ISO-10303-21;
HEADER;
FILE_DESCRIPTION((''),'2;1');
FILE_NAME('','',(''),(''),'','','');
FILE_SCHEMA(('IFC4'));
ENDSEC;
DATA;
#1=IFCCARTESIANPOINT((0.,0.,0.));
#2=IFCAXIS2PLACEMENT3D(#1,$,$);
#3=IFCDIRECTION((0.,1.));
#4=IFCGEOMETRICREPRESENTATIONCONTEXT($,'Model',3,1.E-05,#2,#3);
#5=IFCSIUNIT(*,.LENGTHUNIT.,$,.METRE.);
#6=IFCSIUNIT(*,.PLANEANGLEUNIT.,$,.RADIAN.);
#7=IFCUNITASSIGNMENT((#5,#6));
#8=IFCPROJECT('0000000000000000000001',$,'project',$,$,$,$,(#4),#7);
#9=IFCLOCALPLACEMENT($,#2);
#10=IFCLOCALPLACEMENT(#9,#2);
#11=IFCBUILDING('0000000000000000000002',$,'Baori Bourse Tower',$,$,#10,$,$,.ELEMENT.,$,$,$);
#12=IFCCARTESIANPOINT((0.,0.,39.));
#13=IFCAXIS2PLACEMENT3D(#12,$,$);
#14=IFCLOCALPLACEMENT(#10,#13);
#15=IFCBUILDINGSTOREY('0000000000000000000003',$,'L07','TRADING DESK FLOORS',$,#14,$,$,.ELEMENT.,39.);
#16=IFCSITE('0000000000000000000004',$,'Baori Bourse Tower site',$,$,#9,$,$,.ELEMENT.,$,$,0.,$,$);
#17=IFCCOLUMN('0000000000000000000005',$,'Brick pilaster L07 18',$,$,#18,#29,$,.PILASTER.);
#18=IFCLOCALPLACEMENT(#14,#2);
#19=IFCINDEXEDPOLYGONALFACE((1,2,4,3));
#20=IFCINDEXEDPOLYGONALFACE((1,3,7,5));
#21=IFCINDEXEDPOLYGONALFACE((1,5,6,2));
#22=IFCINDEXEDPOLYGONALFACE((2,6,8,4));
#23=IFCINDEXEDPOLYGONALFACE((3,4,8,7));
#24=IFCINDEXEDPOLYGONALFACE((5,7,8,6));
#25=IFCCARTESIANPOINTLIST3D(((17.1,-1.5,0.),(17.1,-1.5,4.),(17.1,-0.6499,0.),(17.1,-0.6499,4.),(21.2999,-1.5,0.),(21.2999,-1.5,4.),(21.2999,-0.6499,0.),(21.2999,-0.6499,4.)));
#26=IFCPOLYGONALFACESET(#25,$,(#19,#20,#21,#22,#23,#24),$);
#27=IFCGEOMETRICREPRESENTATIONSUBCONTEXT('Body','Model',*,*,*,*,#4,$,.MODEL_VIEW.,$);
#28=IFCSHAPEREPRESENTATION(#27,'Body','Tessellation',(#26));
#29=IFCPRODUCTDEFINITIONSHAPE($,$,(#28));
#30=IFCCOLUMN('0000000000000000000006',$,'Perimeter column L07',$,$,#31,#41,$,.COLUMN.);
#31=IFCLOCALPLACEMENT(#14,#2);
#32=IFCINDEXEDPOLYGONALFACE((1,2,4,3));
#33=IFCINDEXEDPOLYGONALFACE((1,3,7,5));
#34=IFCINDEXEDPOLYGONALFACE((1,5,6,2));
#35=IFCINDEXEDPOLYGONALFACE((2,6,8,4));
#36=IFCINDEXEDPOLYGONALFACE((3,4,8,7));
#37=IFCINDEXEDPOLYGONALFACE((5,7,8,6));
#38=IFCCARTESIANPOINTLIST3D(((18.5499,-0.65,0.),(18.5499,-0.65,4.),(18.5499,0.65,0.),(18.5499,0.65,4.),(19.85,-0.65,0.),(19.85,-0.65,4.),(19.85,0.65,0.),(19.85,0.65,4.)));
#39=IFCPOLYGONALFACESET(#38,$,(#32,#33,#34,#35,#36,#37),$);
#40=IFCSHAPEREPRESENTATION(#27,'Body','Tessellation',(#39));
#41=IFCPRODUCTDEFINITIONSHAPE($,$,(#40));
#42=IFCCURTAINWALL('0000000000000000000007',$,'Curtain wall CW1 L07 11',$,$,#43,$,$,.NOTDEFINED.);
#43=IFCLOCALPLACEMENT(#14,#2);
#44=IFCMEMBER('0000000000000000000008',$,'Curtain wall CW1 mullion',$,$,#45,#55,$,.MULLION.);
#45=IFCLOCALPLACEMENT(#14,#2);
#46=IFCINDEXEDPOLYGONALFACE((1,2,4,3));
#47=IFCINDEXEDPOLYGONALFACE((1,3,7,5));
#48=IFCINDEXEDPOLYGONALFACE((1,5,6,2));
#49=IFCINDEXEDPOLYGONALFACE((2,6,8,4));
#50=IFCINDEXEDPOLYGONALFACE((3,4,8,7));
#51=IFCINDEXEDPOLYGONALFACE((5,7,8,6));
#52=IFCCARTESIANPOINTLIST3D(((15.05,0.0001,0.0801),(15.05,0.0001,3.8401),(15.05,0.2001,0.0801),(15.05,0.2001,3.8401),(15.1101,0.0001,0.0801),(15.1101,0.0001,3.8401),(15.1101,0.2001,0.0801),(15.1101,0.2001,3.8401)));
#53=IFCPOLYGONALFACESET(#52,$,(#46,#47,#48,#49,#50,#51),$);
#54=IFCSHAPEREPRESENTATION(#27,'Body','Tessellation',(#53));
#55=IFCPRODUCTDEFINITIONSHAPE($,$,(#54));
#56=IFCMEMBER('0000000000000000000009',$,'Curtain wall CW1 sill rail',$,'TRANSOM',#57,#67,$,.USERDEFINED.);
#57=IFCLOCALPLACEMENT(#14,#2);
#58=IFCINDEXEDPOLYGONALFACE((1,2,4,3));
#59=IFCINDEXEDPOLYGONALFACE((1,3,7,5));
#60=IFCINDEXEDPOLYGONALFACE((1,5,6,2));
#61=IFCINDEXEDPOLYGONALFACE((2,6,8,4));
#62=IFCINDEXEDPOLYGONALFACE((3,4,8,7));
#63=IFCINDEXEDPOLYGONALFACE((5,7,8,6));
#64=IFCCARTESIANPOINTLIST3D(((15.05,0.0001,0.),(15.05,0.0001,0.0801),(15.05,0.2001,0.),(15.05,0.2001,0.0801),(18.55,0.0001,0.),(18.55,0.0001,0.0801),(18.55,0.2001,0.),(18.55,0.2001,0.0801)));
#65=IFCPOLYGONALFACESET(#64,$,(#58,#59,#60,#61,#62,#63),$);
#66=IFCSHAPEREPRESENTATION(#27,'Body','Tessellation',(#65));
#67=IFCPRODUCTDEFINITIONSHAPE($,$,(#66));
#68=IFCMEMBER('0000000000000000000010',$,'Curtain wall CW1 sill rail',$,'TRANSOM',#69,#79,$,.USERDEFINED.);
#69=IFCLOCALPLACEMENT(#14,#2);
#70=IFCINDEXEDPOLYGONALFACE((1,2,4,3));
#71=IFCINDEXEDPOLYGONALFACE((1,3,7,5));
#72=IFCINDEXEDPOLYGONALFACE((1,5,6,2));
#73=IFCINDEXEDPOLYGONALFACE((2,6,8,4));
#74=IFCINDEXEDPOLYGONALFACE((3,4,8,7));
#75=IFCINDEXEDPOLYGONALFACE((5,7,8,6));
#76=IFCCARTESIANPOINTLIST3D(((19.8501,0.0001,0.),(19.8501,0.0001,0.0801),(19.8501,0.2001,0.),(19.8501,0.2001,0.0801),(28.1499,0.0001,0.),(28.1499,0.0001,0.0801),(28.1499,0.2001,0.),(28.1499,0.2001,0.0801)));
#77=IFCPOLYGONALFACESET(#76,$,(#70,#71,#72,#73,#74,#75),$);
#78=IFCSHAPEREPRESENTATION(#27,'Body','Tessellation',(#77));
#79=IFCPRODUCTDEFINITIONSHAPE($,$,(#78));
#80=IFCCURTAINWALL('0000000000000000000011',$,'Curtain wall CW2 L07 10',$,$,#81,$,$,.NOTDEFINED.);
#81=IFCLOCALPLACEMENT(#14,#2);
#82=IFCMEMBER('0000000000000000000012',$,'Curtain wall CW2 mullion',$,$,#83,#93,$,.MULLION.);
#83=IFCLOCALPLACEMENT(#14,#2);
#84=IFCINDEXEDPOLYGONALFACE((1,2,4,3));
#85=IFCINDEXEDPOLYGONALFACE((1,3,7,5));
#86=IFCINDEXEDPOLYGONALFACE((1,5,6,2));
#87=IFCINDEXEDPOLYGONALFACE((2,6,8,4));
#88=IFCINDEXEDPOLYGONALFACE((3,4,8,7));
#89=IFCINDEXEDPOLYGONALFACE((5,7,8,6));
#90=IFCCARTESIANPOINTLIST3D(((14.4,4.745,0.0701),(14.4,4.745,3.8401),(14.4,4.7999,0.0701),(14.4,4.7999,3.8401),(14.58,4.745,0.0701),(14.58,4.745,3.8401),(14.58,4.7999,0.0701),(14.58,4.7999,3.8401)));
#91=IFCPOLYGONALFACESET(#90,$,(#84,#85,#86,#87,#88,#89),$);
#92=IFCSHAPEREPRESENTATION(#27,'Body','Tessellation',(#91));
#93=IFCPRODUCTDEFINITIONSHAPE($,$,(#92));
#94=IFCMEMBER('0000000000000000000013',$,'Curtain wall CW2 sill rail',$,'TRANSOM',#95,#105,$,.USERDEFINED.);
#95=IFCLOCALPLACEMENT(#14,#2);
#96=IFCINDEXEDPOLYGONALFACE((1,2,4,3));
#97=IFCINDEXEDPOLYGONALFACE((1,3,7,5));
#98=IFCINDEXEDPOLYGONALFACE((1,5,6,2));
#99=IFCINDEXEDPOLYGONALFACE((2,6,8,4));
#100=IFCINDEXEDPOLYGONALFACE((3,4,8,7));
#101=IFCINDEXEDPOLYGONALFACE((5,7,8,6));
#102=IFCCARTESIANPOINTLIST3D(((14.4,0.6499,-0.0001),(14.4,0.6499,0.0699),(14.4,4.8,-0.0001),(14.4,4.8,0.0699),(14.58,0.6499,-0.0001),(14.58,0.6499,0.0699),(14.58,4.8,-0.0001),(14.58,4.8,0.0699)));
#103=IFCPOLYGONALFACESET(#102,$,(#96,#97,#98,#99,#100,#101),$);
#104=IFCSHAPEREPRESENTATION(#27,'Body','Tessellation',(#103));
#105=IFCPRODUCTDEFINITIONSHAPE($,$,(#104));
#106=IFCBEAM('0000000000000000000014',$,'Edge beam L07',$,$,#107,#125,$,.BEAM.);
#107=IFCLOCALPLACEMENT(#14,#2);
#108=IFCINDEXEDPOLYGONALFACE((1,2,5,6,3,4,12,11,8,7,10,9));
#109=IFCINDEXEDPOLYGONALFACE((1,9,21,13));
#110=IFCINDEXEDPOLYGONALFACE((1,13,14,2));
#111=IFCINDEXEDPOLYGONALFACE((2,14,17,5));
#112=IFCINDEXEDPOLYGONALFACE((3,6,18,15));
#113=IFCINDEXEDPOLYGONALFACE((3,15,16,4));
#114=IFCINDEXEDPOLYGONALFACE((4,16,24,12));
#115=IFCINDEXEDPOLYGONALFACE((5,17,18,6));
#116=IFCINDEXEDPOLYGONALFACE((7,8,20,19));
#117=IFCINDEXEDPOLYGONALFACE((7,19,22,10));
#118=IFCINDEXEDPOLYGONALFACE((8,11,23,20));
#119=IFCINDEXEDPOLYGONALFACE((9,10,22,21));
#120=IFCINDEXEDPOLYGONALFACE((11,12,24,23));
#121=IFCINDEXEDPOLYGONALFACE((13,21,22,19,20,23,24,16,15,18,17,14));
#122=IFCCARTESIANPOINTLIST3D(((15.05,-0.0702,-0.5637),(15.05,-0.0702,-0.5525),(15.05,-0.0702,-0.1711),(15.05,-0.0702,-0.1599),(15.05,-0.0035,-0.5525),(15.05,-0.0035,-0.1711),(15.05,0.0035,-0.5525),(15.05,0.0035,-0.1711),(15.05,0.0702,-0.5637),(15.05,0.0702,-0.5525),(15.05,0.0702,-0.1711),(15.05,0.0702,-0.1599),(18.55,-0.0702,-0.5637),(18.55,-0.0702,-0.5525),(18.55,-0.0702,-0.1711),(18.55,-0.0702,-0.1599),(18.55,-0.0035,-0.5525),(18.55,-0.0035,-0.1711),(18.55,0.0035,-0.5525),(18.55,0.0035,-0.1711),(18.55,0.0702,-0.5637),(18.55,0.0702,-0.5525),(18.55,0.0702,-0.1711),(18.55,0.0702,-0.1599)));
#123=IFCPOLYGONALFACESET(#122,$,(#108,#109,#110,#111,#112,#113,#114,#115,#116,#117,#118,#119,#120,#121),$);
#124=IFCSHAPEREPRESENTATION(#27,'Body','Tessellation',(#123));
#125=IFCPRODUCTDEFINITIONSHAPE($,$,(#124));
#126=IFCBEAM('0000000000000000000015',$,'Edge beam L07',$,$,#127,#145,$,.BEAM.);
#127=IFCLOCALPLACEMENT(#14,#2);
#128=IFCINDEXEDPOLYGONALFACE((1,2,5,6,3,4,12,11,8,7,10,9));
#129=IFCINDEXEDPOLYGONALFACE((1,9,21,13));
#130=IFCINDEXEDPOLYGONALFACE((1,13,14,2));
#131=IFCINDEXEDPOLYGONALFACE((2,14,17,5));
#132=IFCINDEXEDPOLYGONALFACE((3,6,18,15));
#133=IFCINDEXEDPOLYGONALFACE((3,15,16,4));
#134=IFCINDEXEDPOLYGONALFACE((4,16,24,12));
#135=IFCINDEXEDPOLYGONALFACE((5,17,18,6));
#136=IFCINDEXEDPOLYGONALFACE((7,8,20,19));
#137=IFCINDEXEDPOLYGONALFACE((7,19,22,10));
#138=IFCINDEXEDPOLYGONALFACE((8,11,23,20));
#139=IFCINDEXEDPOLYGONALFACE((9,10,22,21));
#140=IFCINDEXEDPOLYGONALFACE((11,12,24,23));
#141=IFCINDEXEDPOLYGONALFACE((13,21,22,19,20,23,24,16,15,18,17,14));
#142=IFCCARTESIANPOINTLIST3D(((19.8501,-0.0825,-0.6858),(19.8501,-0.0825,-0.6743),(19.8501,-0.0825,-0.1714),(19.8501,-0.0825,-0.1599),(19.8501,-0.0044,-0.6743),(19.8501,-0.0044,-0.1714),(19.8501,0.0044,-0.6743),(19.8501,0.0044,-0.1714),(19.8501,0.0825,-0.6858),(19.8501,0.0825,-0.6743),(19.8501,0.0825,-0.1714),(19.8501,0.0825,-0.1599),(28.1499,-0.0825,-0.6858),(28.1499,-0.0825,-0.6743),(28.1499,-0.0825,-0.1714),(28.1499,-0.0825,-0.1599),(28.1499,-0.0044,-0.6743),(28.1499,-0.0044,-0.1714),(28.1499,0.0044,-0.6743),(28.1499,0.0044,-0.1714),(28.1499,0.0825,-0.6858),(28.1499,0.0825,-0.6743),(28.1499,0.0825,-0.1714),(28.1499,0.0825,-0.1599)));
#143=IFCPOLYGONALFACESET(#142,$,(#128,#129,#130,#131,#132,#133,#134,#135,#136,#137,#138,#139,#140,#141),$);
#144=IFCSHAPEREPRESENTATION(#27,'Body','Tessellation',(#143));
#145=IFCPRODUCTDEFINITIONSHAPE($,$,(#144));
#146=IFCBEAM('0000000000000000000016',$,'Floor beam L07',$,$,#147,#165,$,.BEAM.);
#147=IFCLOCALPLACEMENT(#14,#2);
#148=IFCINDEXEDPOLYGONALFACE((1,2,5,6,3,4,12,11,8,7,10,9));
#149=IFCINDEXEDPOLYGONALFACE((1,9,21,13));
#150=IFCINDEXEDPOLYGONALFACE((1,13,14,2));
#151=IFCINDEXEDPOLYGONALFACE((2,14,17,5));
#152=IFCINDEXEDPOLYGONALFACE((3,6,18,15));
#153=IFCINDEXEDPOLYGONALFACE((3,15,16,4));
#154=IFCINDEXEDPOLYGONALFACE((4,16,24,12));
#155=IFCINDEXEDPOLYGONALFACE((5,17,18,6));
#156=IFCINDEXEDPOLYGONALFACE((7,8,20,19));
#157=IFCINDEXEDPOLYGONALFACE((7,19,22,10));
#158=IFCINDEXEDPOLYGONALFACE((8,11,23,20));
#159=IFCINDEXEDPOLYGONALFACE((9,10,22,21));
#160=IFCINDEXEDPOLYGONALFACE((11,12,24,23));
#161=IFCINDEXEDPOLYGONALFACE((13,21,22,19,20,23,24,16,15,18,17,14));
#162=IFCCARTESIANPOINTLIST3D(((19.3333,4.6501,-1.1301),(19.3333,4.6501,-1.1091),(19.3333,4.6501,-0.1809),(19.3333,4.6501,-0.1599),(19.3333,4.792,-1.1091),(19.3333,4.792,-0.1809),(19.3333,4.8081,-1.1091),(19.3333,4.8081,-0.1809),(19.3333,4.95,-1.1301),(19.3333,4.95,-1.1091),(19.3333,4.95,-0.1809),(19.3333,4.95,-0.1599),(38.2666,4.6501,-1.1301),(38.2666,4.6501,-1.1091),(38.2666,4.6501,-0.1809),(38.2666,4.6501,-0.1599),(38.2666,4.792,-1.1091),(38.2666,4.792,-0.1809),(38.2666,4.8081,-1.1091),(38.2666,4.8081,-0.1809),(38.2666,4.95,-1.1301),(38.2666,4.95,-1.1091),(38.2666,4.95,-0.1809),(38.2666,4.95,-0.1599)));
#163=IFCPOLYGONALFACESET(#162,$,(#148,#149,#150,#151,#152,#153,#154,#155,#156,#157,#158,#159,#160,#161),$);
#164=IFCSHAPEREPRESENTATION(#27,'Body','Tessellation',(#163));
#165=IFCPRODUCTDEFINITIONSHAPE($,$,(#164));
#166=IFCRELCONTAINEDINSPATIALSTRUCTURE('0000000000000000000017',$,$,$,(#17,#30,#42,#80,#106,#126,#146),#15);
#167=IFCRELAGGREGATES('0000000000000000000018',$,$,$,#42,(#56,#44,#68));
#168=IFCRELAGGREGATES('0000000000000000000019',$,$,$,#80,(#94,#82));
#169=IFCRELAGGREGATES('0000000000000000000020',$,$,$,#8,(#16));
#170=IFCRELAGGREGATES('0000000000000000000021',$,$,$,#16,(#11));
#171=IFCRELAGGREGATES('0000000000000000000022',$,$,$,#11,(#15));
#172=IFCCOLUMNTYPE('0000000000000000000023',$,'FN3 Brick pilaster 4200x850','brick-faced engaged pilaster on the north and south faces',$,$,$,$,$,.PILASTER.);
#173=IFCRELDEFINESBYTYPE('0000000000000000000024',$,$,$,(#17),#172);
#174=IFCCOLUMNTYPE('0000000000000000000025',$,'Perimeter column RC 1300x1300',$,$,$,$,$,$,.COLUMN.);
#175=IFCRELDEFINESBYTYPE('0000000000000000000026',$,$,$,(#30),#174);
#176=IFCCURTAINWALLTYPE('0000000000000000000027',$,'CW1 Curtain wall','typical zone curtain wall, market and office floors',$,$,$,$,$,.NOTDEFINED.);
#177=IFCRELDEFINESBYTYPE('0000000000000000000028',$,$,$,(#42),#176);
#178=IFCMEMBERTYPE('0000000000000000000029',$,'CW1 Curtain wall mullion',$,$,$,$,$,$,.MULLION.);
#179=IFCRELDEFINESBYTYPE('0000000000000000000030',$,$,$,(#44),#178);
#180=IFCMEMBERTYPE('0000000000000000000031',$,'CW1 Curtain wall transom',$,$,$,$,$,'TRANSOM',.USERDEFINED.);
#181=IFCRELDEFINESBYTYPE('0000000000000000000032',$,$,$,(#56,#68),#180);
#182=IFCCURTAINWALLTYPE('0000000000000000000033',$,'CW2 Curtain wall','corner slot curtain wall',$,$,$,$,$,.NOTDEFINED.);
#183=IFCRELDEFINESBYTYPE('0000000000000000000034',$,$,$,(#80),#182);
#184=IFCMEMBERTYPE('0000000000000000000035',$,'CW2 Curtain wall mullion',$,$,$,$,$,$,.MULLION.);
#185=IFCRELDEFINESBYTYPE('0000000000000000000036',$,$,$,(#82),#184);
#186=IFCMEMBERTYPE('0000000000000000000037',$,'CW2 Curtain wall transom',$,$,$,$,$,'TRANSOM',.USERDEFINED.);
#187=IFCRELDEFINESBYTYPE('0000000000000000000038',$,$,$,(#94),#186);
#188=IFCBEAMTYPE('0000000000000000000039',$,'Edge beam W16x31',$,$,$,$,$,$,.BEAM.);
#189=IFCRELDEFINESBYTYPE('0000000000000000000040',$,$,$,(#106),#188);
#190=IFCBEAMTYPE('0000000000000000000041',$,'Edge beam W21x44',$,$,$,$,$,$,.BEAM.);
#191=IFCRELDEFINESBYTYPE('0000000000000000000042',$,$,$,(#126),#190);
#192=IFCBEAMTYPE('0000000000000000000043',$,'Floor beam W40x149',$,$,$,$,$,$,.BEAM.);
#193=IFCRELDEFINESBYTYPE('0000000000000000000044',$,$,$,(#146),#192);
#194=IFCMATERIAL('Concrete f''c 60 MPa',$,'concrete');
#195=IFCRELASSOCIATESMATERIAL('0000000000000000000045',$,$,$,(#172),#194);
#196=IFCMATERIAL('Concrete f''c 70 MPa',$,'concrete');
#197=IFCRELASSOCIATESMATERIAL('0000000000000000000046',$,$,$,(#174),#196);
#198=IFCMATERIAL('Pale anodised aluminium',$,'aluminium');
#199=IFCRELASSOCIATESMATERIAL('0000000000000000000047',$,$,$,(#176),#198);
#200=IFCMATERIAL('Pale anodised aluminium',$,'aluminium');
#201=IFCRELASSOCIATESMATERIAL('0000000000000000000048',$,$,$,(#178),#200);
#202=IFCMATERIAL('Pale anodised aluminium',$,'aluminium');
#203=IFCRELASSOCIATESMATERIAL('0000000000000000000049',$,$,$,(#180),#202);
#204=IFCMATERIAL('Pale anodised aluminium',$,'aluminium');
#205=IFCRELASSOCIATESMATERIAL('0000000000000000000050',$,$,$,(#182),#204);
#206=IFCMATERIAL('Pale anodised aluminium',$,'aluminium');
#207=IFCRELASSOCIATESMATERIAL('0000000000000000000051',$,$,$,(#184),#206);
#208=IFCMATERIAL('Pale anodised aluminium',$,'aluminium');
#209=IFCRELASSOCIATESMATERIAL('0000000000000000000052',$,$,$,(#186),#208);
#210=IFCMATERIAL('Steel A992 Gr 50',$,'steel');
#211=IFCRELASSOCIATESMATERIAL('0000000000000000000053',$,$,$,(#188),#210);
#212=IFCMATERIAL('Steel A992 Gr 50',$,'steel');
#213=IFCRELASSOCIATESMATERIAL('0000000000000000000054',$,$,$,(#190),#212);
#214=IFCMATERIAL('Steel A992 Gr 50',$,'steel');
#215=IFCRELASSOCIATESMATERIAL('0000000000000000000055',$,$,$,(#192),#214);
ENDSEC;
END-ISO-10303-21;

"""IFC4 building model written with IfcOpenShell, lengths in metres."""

from ifc_helpers import new_model, si_unit, direction, frame, origin, origin_2d, place, context, subcontext, project, spatial, rectangle, i_section, extrude, material, material_profile, profile_set, type_object, element, aggregate, save


model = new_model("IFC4")

# Units and contexts
model_context = context("Model", 3, precision=1e-05, world=origin(), true_north=direction((0.0, 1.0)))
body_context = subcontext(model_context, "Body", "Model", "MODEL_VIEW")
ifc_project = project(units=[si_unit("LENGTHUNIT", "METRE"), si_unit("PLANEANGLEUNIT", "RADIAN")], contexts=[model_context])

# Site, building, storey
site_placement = place(None, origin())
site = spatial("IfcSite", under=ifc_project, at=site_placement, Name="Baori Bourse Tower site", CompositionType="ELEMENT", RefElevation=0.0)
building_placement = place(site_placement, origin())
building = spatial("IfcBuilding", under=site, at=building_placement, Name="Baori Bourse Tower", CompositionType="ELEMENT")
storey_placement = place(building_placement, frame((0.0, 0.0, 39.0)))
storey = spatial("IfcBuildingStorey", under=building, at=storey_placement, Name="L07", Description="TRADING DESK FLOORS", CompositionType="ELEMENT", Elevation=39.0)

# Columns
ifc_material_1 = material(Name="Concrete f'c 60 MPa", Category="concrete")
ifc_material_profile_1 = material_profile(ifc_material_1, rectangle(XDim=4.2, YDim=0.8501, at=origin_2d()), Name="RC 4200x850")
ifc_profile_set_1 = profile_set([ifc_material_profile_1], Name="Concrete f'c 60 MPa")
column_type_1 = type_object("IfcColumnType", Name="FN3 Brick pilaster 4200x850", Description="brick-faced engaged pilaster on the north and south faces", PredefinedType="PILASTER", material=ifc_profile_set_1)
column_1_placement = place(storey_placement, frame((19.2, -1.075, 0.0), z_axis=(0.0, 0.0, 1.0), x_axis=(1.0, 0.0, 0.0)))
element("IfcColumn", 1, at=column_1_placement, inside=storey, type_object=column_type_1, Name="Brick pilaster L07 18", PredefinedType="PILASTER", context=body_context, shape_type="SweptSolid", body=[
    extrude(rectangle(XDim=4.2, YDim=0.8501, at=origin_2d()), origin(), (0.0, 0.0, 1.0), 4.0),
])
ifc_material_2 = material(Name="Concrete f'c 70 MPa", Category="concrete")
ifc_material_profile_2 = material_profile(ifc_material_2, rectangle(XDim=1.3, YDim=1.3, at=origin_2d()), Name="RC 1300x1300")
ifc_profile_set_2 = profile_set([ifc_material_profile_2], Name="Concrete f'c 70 MPa")
column_type_2 = type_object("IfcColumnType", Name="Perimeter column RC 1300x1300", PredefinedType="COLUMN", material=ifc_profile_set_2)
column_2_placement = place(storey_placement, frame((19.2, 0.0, 0.0), z_axis=(0.0, 0.0, 1.0), x_axis=(1.0, 0.0, 0.0)))
element("IfcColumn", 2, at=column_2_placement, inside=storey, type_object=column_type_2, Name="Perimeter column L07", PredefinedType="COLUMN", context=body_context, shape_type="SweptSolid", body=[
    extrude(rectangle(XDim=1.3, YDim=1.3, at=origin_2d()), origin(), (0.0, 0.0, 1.0), 4.0),
])

# Curtain walls, members
ifc_material_3 = material(Name="Pale anodised aluminium", Category="aluminium")
curtain_wall_type_1 = type_object("IfcCurtainWallType", Name="CW1 Curtain wall", Description="typical zone curtain wall, market and office floors", PredefinedType="NOTDEFINED", material=ifc_material_3)
curtain_wall_1_placement = place(storey_placement, origin())
curtain_wall_1 = element("IfcCurtainWall", 3, at=curtain_wall_1_placement, inside=storey, type_object=curtain_wall_type_1, Name="Curtain wall CW1 L07 11", PredefinedType="NOTDEFINED")
ifc_material_4 = material(Name="Pale anodised aluminium", Category="aluminium")
ifc_material_profile_3 = material_profile(ifc_material_4, rectangle(XDim=0.2, YDim=0.0601, at=origin_2d()), Name="Mullion 60x200")
ifc_profile_set_3 = profile_set([ifc_material_profile_3], Name="Pale anodised aluminium")
member_type_1 = type_object("IfcMemberType", Name="CW1 Curtain wall mullion", PredefinedType="MULLION", material=ifc_profile_set_3)
member_1_placement = place(storey_placement, frame((15.0801, 0.1001, 0.0801), z_axis=(0.0, 0.0, 1.0), x_axis=(0.0, 1.0, 0.0)))
member_1 = element("IfcMember", 4, at=member_1_placement, type_object=member_type_1, Name="Curtain wall CW1 mullion", PredefinedType="MULLION", context=body_context, shape_type="SweptSolid", body=[
    extrude(rectangle(XDim=0.2, YDim=0.0601, at=origin_2d()), origin(), (0.0, 0.0, 1.0), 3.76),
])
ifc_material_5 = material(Name="Pale anodised aluminium", Category="aluminium")
ifc_material_profile_4 = material_profile(ifc_material_5, rectangle(XDim=0.2, YDim=0.0801, at=origin_2d()), Name="Transom 80x200")
ifc_profile_set_4 = profile_set([ifc_material_profile_4], Name="Pale anodised aluminium")
member_type_2 = type_object("IfcMemberType", Name="CW1 Curtain wall transom", ElementType="TRANSOM", PredefinedType="USERDEFINED", material=ifc_profile_set_4)
member_2_placement = place(storey_placement, frame((15.05, 0.1001, 0.04), z_axis=(1.0, 0.0, 0.0), x_axis=(0.0, 1.0, 0.0)))
member_2 = element("IfcMember", 5, at=member_2_placement, type_object=member_type_2, Name="Curtain wall CW1 sill rail", ObjectType="TRANSOM", PredefinedType="USERDEFINED", context=body_context, shape_type="SweptSolid", body=[
    extrude(rectangle(XDim=0.2, YDim=0.0801, at=origin_2d()), origin(), (0.0, 0.0, 1.0), 3.5),
])
member_3_placement = place(storey_placement, frame((19.8501, 0.1001, 0.04), z_axis=(1.0, 0.0, 0.0), x_axis=(0.0, 1.0, 0.0)))
member_3 = element("IfcMember", 6, at=member_3_placement, type_object=member_type_2, Name="Curtain wall CW1 sill rail", ObjectType="TRANSOM", PredefinedType="USERDEFINED", context=body_context, shape_type="SweptSolid", body=[
    extrude(rectangle(XDim=0.2, YDim=0.0801, at=origin_2d()), origin(), (0.0, 0.0, 1.0), 8.2998),
])
ifc_material_6 = material(Name="Pale anodised aluminium", Category="aluminium")
curtain_wall_type_2 = type_object("IfcCurtainWallType", Name="CW2 Curtain wall", Description="corner slot curtain wall", PredefinedType="NOTDEFINED", material=ifc_material_6)
curtain_wall_2_placement = place(storey_placement, origin())
curtain_wall_2 = element("IfcCurtainWall", 7, at=curtain_wall_2_placement, inside=storey, type_object=curtain_wall_type_2, Name="Curtain wall CW2 L07 10", PredefinedType="NOTDEFINED")
ifc_material_7 = material(Name="Pale anodised aluminium", Category="aluminium")
ifc_material_profile_5 = material_profile(ifc_material_7, rectangle(XDim=0.1799, YDim=0.0549, at=origin_2d()), Name="Mullion 55x180")
ifc_profile_set_5 = profile_set([ifc_material_profile_5], Name="Pale anodised aluminium")
member_type_3 = type_object("IfcMemberType", Name="CW2 Curtain wall mullion", PredefinedType="MULLION", material=ifc_profile_set_5)
member_4_placement = place(storey_placement, frame((14.49, 4.7725, 0.0701), z_axis=(0.0, 0.0, 1.0), x_axis=(1.0, 0.0, 0.0)))
member_4 = element("IfcMember", 8, at=member_4_placement, type_object=member_type_3, Name="Curtain wall CW2 mullion", PredefinedType="MULLION", context=body_context, shape_type="SweptSolid", body=[
    extrude(rectangle(XDim=0.1799, YDim=0.0549, at=origin_2d()), origin(), (0.0, 0.0, 1.0), 3.77),
])
ifc_material_8 = material(Name="Pale anodised aluminium", Category="aluminium")
ifc_material_profile_6 = material_profile(ifc_material_8, rectangle(XDim=0.1799, YDim=0.0701, at=origin_2d()), Name="Transom 70x180")
ifc_profile_set_6 = profile_set([ifc_material_profile_6], Name="Pale anodised aluminium")
member_type_4 = type_object("IfcMemberType", Name="CW2 Curtain wall transom", ElementType="TRANSOM", PredefinedType="USERDEFINED", material=ifc_profile_set_6)
member_5_placement = place(storey_placement, frame((14.49, 4.8, 0.0349), z_axis=(0.0, -1.0, 0.0), x_axis=(1.0, 0.0, 0.0)))
member_5 = element("IfcMember", 9, at=member_5_placement, type_object=member_type_4, Name="Curtain wall CW2 sill rail", ObjectType="TRANSOM", PredefinedType="USERDEFINED", context=body_context, shape_type="SweptSolid", body=[
    extrude(rectangle(XDim=0.1799, YDim=0.0701, at=origin_2d()), origin(), (0.0, 0.0, 1.0), 4.1501),
])

# Beams
ifc_material_9 = material(Name="Steel A992 Gr 50", Category="steel")
ifc_material_profile_7 = material_profile(ifc_material_9, i_section(OverallWidth=0.1404, OverallDepth=0.4038, WebThickness=0.0071, FlangeThickness=0.0112, at=origin_2d()), Name="W16x31")
ifc_profile_set_7 = profile_set([ifc_material_profile_7], Name="Steel A992 Gr 50")
beam_type_1 = type_object("IfcBeamType", Name="Edge beam W16x31", PredefinedType="BEAM", material=ifc_profile_set_7)
beam_1_placement = place(storey_placement, frame((15.05, 0.0, -0.3618), z_axis=(1.0, 0.0, 0.0), x_axis=(0.0, 1.0, 0.0)))
element("IfcBeam", 10, at=beam_1_placement, inside=storey, type_object=beam_type_1, Name="Edge beam L07", PredefinedType="BEAM", context=body_context, shape_type="SweptSolid", body=[
    extrude(i_section(OverallWidth=0.1404, OverallDepth=0.4038, WebThickness=0.0071, FlangeThickness=0.0112, at=origin_2d()), origin(), (0.0, 0.0, 1.0), 3.5),
])
ifc_material_10 = material(Name="Steel A992 Gr 50", Category="steel")
ifc_material_profile_8 = material_profile(ifc_material_10, i_section(OverallWidth=0.165, OverallDepth=0.5259, WebThickness=0.0088, FlangeThickness=0.0115, at=origin_2d()), Name="W21x44")
ifc_profile_set_8 = profile_set([ifc_material_profile_8], Name="Steel A992 Gr 50")
beam_type_2 = type_object("IfcBeamType", Name="Edge beam W21x44", PredefinedType="BEAM", material=ifc_profile_set_8)
beam_2_placement = place(storey_placement, frame((19.8501, 0.0, -0.4229), z_axis=(1.0, 0.0, 0.0), x_axis=(0.0, 1.0, 0.0)))
element("IfcBeam", 11, at=beam_2_placement, inside=storey, type_object=beam_type_2, Name="Edge beam L07", PredefinedType="BEAM", context=body_context, shape_type="SweptSolid", body=[
    extrude(i_section(OverallWidth=0.165, OverallDepth=0.5259, WebThickness=0.0088, FlangeThickness=0.0115, at=origin_2d()), origin(), (0.0, 0.0, 1.0), 8.2998),
])
ifc_material_11 = material(Name="Steel A992 Gr 50", Category="steel")
ifc_material_profile_9 = material_profile(ifc_material_11, i_section(OverallWidth=0.2998, OverallDepth=0.9702, WebThickness=0.0161, FlangeThickness=0.021, at=origin_2d()), Name="W40x149")
ifc_profile_set_9 = profile_set([ifc_material_profile_9], Name="Steel A992 Gr 50")
beam_type_3 = type_object("IfcBeamType", Name="Floor beam W40x149", PredefinedType="BEAM", material=ifc_profile_set_9)
beam_3_placement = place(storey_placement, frame((19.3333, 4.8, -0.645), z_axis=(1.0, 0.0, 0.0), x_axis=(0.0, 1.0, 0.0)))
element("IfcBeam", 12, at=beam_3_placement, inside=storey, type_object=beam_type_3, Name="Floor beam L07", PredefinedType="BEAM", context=body_context, shape_type="SweptSolid", body=[
    extrude(i_section(OverallWidth=0.2998, OverallDepth=0.9702, WebThickness=0.0161, FlangeThickness=0.021, at=origin_2d()), origin(), (0.0, 0.0, 1.0), 18.9333),
])

aggregate(curtain_wall_1, [member_2, member_1, member_3])
aggregate(curtain_wall_2, [member_5, member_4])

save(model, "model.ifc")
